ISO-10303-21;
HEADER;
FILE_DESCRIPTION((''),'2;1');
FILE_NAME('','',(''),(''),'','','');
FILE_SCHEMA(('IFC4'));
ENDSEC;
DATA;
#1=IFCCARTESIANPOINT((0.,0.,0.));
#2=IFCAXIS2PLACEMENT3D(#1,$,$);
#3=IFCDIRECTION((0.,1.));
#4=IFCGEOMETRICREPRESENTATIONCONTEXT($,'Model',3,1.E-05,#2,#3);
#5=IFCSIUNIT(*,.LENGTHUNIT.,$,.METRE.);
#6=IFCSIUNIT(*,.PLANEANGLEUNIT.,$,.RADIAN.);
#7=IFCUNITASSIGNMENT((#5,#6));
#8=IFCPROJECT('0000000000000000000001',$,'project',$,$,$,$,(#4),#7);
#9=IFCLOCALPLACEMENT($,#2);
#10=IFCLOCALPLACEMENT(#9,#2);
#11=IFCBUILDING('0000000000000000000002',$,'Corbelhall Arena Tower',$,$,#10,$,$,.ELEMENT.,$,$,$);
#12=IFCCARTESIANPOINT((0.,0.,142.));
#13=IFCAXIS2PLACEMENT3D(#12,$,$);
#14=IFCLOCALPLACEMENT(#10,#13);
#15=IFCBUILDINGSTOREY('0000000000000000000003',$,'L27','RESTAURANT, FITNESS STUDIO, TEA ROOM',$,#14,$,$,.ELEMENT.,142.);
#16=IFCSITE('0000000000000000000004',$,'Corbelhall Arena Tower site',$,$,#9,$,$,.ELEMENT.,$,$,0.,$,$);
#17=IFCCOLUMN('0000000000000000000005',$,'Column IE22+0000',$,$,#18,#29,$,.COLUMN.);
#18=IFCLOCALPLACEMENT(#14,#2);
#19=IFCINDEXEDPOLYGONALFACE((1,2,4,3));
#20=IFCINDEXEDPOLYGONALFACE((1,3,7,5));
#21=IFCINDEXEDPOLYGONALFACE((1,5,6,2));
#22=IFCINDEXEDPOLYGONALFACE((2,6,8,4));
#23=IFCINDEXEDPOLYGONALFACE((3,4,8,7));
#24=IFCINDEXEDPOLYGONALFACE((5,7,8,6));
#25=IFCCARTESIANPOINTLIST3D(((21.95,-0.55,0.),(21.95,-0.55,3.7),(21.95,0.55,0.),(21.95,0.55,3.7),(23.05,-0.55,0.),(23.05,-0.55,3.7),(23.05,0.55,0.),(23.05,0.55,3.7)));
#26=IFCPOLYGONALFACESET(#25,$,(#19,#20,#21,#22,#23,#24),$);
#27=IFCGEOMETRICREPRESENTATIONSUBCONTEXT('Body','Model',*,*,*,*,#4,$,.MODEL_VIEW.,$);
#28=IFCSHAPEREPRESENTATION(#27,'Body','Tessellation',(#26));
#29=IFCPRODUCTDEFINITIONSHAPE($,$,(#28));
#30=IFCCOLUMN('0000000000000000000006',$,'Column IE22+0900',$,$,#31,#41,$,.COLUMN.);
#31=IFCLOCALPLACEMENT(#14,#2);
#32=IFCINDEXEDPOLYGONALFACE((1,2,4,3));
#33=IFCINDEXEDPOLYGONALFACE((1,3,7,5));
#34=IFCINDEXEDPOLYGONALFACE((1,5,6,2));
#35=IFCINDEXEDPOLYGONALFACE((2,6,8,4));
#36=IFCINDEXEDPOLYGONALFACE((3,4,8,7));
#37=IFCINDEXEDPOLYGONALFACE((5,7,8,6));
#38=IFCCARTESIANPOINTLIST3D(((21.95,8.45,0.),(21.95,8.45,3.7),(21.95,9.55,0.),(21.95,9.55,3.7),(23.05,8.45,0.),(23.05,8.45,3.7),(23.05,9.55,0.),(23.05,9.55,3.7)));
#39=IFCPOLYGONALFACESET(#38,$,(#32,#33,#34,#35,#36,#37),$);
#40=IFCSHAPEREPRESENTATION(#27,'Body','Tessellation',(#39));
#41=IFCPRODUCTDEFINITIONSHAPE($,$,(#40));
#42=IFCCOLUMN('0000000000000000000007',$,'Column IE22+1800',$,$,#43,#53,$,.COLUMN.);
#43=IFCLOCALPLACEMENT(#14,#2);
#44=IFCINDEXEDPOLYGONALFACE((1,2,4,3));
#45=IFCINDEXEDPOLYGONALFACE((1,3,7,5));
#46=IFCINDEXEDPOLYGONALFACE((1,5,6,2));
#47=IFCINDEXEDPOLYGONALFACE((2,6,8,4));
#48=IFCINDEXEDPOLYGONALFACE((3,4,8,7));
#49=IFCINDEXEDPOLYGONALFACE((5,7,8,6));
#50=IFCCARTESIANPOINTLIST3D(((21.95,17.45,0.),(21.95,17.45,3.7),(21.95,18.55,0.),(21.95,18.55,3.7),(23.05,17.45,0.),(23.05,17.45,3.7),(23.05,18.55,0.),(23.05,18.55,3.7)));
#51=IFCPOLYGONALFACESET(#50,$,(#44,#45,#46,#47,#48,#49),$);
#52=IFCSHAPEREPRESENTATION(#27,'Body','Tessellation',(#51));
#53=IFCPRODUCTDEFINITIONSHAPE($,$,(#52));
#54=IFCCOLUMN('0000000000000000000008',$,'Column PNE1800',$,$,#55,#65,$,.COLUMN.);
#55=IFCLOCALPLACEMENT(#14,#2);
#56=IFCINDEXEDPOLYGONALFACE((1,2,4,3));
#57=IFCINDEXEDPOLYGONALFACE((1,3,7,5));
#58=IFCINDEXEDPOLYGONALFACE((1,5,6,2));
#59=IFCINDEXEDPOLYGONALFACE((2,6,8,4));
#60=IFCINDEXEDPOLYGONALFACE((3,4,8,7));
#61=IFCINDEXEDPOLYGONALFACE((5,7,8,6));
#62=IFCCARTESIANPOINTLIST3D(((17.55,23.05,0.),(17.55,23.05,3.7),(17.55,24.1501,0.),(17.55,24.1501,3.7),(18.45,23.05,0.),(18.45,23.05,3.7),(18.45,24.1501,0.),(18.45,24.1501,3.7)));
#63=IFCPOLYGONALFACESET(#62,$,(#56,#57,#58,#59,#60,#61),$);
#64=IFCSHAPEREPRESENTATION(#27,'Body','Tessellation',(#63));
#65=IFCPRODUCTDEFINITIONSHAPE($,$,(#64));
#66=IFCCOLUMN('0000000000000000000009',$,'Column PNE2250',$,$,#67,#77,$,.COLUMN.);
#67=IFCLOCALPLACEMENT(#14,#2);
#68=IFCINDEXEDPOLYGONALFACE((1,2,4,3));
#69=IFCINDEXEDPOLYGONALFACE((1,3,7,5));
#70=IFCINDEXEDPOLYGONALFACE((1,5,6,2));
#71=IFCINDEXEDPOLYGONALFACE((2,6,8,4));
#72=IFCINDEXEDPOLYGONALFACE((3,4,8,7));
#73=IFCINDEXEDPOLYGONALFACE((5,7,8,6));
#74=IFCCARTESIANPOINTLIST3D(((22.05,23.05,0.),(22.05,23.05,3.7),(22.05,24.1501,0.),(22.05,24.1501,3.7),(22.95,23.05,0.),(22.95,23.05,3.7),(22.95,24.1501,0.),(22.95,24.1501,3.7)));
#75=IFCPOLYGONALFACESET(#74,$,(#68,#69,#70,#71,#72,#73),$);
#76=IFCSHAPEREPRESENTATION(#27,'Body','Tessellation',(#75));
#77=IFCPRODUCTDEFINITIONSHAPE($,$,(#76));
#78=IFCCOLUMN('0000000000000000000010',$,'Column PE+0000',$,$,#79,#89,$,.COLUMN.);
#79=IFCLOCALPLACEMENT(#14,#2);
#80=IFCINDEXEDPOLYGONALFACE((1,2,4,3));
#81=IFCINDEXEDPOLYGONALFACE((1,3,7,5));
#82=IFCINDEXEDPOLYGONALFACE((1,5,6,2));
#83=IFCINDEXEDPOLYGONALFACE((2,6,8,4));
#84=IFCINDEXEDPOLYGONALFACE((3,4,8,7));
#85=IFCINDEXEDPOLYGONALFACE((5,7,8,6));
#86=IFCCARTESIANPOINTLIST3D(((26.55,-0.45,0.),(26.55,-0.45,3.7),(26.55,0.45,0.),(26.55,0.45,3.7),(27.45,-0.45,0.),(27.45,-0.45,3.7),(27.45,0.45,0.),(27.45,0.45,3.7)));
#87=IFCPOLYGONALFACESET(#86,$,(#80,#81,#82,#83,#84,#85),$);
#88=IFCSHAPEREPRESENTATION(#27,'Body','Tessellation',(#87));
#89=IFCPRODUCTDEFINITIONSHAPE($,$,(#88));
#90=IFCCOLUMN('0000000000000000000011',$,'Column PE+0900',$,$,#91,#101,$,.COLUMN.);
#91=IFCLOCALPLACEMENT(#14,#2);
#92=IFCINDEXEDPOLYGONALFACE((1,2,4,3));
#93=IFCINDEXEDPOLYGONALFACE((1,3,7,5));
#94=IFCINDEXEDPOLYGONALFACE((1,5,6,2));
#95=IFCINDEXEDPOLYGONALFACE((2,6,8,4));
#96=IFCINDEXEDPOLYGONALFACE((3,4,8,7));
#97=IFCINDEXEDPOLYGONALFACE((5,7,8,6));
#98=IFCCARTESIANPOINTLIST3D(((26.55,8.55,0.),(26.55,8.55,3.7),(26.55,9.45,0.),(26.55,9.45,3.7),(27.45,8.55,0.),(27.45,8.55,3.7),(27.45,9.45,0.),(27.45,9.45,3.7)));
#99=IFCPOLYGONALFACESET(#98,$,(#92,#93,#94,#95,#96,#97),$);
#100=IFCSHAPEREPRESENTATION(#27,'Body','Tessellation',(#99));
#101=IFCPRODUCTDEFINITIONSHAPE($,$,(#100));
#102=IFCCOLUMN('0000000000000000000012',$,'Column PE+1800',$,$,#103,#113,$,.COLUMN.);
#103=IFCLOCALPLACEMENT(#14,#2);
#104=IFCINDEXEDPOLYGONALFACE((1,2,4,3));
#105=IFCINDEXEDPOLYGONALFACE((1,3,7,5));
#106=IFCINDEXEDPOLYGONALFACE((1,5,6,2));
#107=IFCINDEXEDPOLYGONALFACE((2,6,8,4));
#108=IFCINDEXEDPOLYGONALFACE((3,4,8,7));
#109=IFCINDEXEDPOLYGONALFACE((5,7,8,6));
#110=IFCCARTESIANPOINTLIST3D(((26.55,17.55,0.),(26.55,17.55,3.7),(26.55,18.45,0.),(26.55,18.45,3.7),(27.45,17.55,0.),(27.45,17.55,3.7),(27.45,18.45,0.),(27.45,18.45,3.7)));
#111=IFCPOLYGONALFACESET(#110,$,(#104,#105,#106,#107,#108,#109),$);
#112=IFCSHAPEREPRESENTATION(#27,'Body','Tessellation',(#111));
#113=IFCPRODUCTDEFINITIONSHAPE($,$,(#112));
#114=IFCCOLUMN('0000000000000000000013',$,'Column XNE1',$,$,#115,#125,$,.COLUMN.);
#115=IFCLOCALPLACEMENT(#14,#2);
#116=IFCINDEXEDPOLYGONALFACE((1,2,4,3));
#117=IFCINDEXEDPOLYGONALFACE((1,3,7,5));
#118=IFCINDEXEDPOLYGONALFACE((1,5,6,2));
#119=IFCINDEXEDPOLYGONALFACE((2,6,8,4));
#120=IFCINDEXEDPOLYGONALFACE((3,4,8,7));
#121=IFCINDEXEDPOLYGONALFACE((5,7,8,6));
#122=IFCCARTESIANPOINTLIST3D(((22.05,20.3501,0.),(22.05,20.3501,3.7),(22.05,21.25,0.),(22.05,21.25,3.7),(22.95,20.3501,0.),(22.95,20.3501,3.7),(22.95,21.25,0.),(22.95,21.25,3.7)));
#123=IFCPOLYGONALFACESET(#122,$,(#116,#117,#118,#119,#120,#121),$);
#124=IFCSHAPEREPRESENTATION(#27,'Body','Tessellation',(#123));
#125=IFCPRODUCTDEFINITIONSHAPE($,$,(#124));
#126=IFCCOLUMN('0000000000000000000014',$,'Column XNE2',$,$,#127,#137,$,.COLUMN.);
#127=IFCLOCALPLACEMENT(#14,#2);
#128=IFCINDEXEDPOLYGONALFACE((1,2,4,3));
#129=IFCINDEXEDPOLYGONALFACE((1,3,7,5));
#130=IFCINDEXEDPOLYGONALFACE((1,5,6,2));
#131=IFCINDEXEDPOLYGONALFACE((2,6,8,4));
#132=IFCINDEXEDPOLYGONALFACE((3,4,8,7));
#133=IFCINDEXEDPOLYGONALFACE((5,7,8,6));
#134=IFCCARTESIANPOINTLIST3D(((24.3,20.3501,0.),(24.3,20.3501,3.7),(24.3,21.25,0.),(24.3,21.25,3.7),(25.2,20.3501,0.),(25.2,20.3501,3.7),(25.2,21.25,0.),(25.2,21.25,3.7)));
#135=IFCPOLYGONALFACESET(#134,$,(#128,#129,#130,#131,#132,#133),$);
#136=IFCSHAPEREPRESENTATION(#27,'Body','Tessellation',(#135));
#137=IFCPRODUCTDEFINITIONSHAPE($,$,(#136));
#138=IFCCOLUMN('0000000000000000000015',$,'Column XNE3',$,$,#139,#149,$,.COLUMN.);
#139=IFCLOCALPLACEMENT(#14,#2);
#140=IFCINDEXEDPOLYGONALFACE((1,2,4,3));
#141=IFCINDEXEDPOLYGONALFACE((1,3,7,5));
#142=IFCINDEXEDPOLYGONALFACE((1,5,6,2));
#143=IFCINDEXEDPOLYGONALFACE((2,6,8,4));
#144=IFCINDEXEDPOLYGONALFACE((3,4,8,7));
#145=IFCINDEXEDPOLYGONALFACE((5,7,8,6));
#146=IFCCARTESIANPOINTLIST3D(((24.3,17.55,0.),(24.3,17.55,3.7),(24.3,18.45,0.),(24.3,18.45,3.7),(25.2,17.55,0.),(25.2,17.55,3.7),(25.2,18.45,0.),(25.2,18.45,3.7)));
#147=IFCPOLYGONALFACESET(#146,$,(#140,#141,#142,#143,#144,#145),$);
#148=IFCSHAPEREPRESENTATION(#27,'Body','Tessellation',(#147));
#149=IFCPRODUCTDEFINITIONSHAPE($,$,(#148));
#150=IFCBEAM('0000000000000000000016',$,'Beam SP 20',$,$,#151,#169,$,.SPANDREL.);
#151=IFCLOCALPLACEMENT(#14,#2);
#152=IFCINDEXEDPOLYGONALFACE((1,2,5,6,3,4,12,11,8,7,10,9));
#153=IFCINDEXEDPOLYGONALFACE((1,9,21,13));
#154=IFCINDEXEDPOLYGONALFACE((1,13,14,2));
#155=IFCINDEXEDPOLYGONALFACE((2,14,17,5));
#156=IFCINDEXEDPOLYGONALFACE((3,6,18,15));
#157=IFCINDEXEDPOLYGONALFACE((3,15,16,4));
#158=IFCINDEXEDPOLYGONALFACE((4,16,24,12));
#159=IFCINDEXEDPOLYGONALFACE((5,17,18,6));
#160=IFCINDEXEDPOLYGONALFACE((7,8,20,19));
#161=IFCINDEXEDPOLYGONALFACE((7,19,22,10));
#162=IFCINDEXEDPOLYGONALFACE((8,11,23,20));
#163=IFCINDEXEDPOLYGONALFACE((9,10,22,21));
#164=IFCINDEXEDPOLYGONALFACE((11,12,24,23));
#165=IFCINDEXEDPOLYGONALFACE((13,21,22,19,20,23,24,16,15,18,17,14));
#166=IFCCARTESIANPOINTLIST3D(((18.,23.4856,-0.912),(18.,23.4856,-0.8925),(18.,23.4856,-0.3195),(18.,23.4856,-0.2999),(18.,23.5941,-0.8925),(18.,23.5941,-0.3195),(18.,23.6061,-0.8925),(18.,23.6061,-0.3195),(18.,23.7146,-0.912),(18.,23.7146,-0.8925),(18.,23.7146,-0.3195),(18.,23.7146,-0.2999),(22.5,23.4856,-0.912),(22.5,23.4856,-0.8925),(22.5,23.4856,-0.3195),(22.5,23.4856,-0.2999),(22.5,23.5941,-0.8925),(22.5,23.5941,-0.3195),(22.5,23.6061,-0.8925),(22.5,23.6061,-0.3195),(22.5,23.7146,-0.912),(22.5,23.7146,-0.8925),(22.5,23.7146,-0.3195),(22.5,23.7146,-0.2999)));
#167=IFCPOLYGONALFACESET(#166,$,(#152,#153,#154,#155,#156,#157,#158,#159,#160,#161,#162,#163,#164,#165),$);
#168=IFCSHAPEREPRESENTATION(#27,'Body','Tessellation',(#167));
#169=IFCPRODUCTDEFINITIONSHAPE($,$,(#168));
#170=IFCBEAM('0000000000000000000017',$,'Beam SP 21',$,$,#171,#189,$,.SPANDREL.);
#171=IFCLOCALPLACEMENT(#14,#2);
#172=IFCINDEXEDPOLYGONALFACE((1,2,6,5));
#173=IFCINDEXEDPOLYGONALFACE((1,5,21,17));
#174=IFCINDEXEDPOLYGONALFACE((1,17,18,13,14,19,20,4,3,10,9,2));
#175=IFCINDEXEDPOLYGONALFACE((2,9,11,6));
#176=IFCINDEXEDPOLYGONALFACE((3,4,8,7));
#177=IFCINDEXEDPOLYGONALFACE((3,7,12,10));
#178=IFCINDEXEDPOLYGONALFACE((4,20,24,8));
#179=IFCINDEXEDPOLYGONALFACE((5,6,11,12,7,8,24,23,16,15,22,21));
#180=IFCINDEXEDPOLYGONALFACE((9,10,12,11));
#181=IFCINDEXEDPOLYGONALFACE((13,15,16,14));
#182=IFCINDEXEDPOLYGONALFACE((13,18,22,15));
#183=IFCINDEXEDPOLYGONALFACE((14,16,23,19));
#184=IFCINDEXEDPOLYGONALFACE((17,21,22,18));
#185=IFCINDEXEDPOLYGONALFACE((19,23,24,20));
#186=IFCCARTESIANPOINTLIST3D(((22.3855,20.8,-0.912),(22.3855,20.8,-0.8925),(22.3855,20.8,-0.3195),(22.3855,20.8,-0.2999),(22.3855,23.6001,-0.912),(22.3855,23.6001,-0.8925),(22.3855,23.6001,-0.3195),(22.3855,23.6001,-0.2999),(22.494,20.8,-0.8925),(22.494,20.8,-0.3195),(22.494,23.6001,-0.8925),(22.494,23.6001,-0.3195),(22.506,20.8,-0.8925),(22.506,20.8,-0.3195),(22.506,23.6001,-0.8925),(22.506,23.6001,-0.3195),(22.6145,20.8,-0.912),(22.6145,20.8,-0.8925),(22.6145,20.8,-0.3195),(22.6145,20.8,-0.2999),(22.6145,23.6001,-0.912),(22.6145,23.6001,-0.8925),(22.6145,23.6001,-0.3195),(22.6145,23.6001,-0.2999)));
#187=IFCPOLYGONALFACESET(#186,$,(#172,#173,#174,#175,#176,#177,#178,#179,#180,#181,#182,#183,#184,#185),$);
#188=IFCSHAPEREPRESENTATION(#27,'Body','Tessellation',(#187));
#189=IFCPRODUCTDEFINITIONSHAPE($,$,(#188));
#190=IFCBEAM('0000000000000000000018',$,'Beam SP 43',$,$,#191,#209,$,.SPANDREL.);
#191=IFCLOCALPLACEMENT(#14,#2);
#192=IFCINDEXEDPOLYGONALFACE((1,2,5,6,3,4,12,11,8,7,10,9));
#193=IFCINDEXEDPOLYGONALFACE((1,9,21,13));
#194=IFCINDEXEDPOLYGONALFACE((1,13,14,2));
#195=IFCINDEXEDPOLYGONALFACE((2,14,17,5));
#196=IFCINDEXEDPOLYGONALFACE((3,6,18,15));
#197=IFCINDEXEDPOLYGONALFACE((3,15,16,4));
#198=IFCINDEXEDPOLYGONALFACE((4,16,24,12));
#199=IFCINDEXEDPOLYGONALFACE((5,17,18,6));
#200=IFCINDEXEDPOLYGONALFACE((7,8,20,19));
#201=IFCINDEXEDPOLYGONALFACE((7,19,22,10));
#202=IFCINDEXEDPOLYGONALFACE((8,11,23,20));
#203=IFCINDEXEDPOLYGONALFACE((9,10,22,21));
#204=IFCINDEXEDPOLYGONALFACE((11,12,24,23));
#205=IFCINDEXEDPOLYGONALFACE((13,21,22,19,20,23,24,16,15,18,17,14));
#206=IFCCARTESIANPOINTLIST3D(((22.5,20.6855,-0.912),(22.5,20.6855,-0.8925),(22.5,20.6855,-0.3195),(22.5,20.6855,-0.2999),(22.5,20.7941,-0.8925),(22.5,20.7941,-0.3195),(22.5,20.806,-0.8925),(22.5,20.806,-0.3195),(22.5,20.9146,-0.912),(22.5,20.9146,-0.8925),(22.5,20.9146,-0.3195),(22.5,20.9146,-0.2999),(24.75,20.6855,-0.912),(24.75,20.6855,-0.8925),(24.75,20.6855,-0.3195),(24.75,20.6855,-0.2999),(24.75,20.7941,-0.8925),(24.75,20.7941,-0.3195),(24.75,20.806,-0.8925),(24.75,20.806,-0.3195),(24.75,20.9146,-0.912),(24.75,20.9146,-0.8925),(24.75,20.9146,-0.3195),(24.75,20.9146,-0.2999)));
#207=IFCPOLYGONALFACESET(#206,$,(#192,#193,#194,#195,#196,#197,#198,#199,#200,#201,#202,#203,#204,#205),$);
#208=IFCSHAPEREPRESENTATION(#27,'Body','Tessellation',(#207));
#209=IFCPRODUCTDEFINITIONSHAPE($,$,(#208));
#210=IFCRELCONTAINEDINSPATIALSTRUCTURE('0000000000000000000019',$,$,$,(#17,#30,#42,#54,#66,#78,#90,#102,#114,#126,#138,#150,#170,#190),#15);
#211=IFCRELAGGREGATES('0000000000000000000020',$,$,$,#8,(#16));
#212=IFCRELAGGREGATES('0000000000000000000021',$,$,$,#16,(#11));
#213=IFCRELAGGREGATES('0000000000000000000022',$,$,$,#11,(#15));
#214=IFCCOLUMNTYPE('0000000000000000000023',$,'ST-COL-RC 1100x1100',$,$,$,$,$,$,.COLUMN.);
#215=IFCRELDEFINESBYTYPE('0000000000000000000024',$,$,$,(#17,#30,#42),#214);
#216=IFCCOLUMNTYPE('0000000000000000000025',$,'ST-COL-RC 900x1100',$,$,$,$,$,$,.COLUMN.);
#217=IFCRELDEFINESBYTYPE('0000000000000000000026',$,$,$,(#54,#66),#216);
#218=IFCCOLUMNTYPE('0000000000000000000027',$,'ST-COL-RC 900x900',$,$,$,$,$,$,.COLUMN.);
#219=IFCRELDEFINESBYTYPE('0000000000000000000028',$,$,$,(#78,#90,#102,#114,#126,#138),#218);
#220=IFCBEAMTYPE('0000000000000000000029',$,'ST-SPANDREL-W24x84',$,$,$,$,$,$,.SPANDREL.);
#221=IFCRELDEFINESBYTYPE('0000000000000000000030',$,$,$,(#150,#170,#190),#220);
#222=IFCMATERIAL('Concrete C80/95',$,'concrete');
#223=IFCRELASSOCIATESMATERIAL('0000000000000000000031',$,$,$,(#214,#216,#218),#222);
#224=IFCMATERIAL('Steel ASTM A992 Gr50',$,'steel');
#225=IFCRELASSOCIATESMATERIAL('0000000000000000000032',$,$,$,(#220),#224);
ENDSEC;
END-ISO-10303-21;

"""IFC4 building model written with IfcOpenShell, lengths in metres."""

from ifc_helpers import new_model, si_unit, direction, frame, origin, origin_2d, place, context, subcontext, project, spatial, rectangle, i_section, extrude, material, material_profile, profile_set, type_object, element, save


model = new_model("IFC4")

# Units and contexts
model_context = context("Model", 3, precision=1e-05, world=origin(), true_north=direction((0.0, 1.0)))
body_context = subcontext(model_context, "Body", "Model", "MODEL_VIEW")
ifc_project = project(units=[si_unit("LENGTHUNIT", "METRE"), si_unit("PLANEANGLEUNIT", "RADIAN")], contexts=[model_context])

# Site, building, storey
site_placement = place(None, origin())
site = spatial("IfcSite", under=ifc_project, at=site_placement, Name="Corbelhall Arena Tower site", CompositionType="ELEMENT", RefElevation=0.0)
building_placement = place(site_placement, origin())
building = spatial("IfcBuilding", under=site, at=building_placement, Name="Corbelhall Arena Tower", CompositionType="ELEMENT")
storey_placement = place(building_placement, frame((0.0, 0.0, 142.0)))
storey = spatial("IfcBuildingStorey", under=building, at=storey_placement, Name="L27", Description="RESTAURANT, FITNESS STUDIO, TEA ROOM", CompositionType="ELEMENT", Elevation=142.0)

# Columns
ifc_material_1 = material(Name="Concrete C80/95", Category="concrete")
ifc_material_profile_1 = material_profile(ifc_material_1, rectangle(XDim=1.1001, YDim=1.1001, at=origin_2d()))
ifc_profile_set_1 = profile_set([ifc_material_profile_1], Name="Concrete C80/95")
column_type_1 = type_object("IfcColumnType", Name="ST-COL-RC 1100x1100", PredefinedType="COLUMN", material=ifc_profile_set_1)
for number, where, z_axis, x_axis, name in (
    (1, (22.5, 0.0, 0.0), (0.0, 0.0, 1.0), (1.0, 0.0, 0.0), "Column IE22+0000"),
    (2, (22.5, 9.0, 0.0), (0.0, 0.0, 1.0), (1.0, 0.0, 0.0), "Column IE22+0900"),
    (3, (22.5, 18.0, 0.0), (0.0, 0.0, 1.0), (1.0, 0.0, 0.0), "Column IE22+1800"),
):
    element("IfcColumn", number, at=place(storey_placement, frame(where, z_axis=z_axis, x_axis=x_axis)), inside=storey, type_object=column_type_1, Name=name, PredefinedType="COLUMN", context=body_context, shape_type="SweptSolid", body=[
        extrude(rectangle(XDim=1.1001, YDim=1.1001, at=origin_2d()), origin(), (0.0, 0.0, 1.0), 3.7),
    ])
ifc_material_profile_2 = material_profile(ifc_material_1, rectangle(XDim=0.8999, YDim=1.1001, at=origin_2d()))
ifc_profile_set_2 = profile_set([ifc_material_profile_2], Name="Concrete C80/95")
column_type_2 = type_object("IfcColumnType", Name="ST-COL-RC 900x1100", PredefinedType="COLUMN", material=ifc_profile_set_2)
for number, where, z_axis, x_axis, name in (
    (4, (18.0, 23.6001, 0.0), (0.0, 0.0, 1.0), (1.0, 0.0, 0.0), "Column PNE1800"),
    (5, (22.5, 23.6001, 0.0), (0.0, 0.0, 1.0), (1.0, 0.0, 0.0), "Column PNE2250"),
):
    element("IfcColumn", number, at=place(storey_placement, frame(where, z_axis=z_axis, x_axis=x_axis)), inside=storey, type_object=column_type_2, Name=name, PredefinedType="COLUMN", context=body_context, shape_type="SweptSolid", body=[
        extrude(rectangle(XDim=0.8999, YDim=1.1001, at=origin_2d()), origin(), (0.0, 0.0, 1.0), 3.7),
    ])
ifc_material_profile_3 = material_profile(ifc_material_1, rectangle(XDim=0.8999, YDim=0.8999, at=origin_2d()))
ifc_profile_set_3 = profile_set([ifc_material_profile_3], Name="Concrete C80/95")
column_type_3 = type_object("IfcColumnType", Name="ST-COL-RC 900x900", PredefinedType="COLUMN", material=ifc_profile_set_3)
for number, where, z_axis, x_axis, name in (
    (6, (27.0, 0.0, 0.0), (0.0, 0.0, 1.0), (1.0, 0.0, 0.0), "Column PE+0000"),
    (7, (27.0, 9.0, 0.0), (0.0, 0.0, 1.0), (1.0, 0.0, 0.0), "Column PE+0900"),
    (8, (27.0, 18.0, 0.0), (0.0, 0.0, 1.0), (1.0, 0.0, 0.0), "Column PE+1800"),
    (9, (22.5, 20.8, 0.0), (0.0, 0.0, 1.0), (1.0, 0.0, 0.0), "Column XNE1"),
    (10, (24.75, 20.8, 0.0), (0.0, 0.0, 1.0), (1.0, 0.0, 0.0), "Column XNE2"),
    (11, (24.75, 18.0, 0.0), (0.0, 0.0, 1.0), (1.0, 0.0, 0.0), "Column XNE3"),
):
    element("IfcColumn", number, at=place(storey_placement, frame(where, z_axis=z_axis, x_axis=x_axis)), inside=storey, type_object=column_type_3, Name=name, PredefinedType="COLUMN", context=body_context, shape_type="SweptSolid", body=[
        extrude(rectangle(XDim=0.8999, YDim=0.8999, at=origin_2d()), origin(), (0.0, 0.0, 1.0), 3.7),
    ])

# Beams
ifc_material_2 = material(Name="Steel ASTM A992 Gr50", Category="steel")
ifc_material_profile_4 = material_profile(ifc_material_2, i_section(OverallWidth=0.229, OverallDepth=0.6121, WebThickness=0.012, FlangeThickness=0.0195, at=origin_2d()))
ifc_profile_set_4 = profile_set([ifc_material_profile_4], Name="Steel ASTM A992 Gr50")
beam_type = type_object("IfcBeamType", Name="ST-SPANDREL-W24x84", PredefinedType="SPANDREL", material=ifc_profile_set_4)
beam_1_placement = place(storey_placement, frame((18.0, 23.6001, -0.606), z_axis=(1.0, 0.0, 0.0), x_axis=(0.0, 1.0, 0.0)))
element("IfcBeam", 12, at=beam_1_placement, inside=storey, type_object=beam_type, Name="Beam SP 20", PredefinedType="SPANDREL", context=body_context, shape_type="SweptSolid", body=[
    extrude(i_section(OverallWidth=0.229, OverallDepth=0.6121, WebThickness=0.012, FlangeThickness=0.0195, at=origin_2d()), origin(), (0.0, 0.0, 1.0), 4.5),
])
beam_2_placement = place(storey_placement, frame((22.5, 23.6001, -0.606), z_axis=(0.0, -1.0, 0.0), x_axis=(1.0, 0.0, 0.0)))
element("IfcBeam", 13, at=beam_2_placement, inside=storey, type_object=beam_type, Name="Beam SP 21", PredefinedType="SPANDREL", context=body_context, shape_type="SweptSolid", body=[
    extrude(i_section(OverallWidth=0.229, OverallDepth=0.6121, WebThickness=0.012, FlangeThickness=0.0195, at=origin_2d()), origin(), (0.0, 0.0, 1.0), 2.8),
])
beam_3_placement = place(storey_placement, frame((22.5, 20.8, -0.606), z_axis=(1.0, 0.0, 0.0), x_axis=(0.0, 1.0, 0.0)))
element("IfcBeam", 14, at=beam_3_placement, inside=storey, type_object=beam_type, Name="Beam SP 43", PredefinedType="SPANDREL", context=body_context, shape_type="SweptSolid", body=[
    extrude(i_section(OverallWidth=0.229, OverallDepth=0.6121, WebThickness=0.012, FlangeThickness=0.0195, at=origin_2d()), origin(), (0.0, 0.0, 1.0), 2.25),
])

save(model, "model.ifc")
